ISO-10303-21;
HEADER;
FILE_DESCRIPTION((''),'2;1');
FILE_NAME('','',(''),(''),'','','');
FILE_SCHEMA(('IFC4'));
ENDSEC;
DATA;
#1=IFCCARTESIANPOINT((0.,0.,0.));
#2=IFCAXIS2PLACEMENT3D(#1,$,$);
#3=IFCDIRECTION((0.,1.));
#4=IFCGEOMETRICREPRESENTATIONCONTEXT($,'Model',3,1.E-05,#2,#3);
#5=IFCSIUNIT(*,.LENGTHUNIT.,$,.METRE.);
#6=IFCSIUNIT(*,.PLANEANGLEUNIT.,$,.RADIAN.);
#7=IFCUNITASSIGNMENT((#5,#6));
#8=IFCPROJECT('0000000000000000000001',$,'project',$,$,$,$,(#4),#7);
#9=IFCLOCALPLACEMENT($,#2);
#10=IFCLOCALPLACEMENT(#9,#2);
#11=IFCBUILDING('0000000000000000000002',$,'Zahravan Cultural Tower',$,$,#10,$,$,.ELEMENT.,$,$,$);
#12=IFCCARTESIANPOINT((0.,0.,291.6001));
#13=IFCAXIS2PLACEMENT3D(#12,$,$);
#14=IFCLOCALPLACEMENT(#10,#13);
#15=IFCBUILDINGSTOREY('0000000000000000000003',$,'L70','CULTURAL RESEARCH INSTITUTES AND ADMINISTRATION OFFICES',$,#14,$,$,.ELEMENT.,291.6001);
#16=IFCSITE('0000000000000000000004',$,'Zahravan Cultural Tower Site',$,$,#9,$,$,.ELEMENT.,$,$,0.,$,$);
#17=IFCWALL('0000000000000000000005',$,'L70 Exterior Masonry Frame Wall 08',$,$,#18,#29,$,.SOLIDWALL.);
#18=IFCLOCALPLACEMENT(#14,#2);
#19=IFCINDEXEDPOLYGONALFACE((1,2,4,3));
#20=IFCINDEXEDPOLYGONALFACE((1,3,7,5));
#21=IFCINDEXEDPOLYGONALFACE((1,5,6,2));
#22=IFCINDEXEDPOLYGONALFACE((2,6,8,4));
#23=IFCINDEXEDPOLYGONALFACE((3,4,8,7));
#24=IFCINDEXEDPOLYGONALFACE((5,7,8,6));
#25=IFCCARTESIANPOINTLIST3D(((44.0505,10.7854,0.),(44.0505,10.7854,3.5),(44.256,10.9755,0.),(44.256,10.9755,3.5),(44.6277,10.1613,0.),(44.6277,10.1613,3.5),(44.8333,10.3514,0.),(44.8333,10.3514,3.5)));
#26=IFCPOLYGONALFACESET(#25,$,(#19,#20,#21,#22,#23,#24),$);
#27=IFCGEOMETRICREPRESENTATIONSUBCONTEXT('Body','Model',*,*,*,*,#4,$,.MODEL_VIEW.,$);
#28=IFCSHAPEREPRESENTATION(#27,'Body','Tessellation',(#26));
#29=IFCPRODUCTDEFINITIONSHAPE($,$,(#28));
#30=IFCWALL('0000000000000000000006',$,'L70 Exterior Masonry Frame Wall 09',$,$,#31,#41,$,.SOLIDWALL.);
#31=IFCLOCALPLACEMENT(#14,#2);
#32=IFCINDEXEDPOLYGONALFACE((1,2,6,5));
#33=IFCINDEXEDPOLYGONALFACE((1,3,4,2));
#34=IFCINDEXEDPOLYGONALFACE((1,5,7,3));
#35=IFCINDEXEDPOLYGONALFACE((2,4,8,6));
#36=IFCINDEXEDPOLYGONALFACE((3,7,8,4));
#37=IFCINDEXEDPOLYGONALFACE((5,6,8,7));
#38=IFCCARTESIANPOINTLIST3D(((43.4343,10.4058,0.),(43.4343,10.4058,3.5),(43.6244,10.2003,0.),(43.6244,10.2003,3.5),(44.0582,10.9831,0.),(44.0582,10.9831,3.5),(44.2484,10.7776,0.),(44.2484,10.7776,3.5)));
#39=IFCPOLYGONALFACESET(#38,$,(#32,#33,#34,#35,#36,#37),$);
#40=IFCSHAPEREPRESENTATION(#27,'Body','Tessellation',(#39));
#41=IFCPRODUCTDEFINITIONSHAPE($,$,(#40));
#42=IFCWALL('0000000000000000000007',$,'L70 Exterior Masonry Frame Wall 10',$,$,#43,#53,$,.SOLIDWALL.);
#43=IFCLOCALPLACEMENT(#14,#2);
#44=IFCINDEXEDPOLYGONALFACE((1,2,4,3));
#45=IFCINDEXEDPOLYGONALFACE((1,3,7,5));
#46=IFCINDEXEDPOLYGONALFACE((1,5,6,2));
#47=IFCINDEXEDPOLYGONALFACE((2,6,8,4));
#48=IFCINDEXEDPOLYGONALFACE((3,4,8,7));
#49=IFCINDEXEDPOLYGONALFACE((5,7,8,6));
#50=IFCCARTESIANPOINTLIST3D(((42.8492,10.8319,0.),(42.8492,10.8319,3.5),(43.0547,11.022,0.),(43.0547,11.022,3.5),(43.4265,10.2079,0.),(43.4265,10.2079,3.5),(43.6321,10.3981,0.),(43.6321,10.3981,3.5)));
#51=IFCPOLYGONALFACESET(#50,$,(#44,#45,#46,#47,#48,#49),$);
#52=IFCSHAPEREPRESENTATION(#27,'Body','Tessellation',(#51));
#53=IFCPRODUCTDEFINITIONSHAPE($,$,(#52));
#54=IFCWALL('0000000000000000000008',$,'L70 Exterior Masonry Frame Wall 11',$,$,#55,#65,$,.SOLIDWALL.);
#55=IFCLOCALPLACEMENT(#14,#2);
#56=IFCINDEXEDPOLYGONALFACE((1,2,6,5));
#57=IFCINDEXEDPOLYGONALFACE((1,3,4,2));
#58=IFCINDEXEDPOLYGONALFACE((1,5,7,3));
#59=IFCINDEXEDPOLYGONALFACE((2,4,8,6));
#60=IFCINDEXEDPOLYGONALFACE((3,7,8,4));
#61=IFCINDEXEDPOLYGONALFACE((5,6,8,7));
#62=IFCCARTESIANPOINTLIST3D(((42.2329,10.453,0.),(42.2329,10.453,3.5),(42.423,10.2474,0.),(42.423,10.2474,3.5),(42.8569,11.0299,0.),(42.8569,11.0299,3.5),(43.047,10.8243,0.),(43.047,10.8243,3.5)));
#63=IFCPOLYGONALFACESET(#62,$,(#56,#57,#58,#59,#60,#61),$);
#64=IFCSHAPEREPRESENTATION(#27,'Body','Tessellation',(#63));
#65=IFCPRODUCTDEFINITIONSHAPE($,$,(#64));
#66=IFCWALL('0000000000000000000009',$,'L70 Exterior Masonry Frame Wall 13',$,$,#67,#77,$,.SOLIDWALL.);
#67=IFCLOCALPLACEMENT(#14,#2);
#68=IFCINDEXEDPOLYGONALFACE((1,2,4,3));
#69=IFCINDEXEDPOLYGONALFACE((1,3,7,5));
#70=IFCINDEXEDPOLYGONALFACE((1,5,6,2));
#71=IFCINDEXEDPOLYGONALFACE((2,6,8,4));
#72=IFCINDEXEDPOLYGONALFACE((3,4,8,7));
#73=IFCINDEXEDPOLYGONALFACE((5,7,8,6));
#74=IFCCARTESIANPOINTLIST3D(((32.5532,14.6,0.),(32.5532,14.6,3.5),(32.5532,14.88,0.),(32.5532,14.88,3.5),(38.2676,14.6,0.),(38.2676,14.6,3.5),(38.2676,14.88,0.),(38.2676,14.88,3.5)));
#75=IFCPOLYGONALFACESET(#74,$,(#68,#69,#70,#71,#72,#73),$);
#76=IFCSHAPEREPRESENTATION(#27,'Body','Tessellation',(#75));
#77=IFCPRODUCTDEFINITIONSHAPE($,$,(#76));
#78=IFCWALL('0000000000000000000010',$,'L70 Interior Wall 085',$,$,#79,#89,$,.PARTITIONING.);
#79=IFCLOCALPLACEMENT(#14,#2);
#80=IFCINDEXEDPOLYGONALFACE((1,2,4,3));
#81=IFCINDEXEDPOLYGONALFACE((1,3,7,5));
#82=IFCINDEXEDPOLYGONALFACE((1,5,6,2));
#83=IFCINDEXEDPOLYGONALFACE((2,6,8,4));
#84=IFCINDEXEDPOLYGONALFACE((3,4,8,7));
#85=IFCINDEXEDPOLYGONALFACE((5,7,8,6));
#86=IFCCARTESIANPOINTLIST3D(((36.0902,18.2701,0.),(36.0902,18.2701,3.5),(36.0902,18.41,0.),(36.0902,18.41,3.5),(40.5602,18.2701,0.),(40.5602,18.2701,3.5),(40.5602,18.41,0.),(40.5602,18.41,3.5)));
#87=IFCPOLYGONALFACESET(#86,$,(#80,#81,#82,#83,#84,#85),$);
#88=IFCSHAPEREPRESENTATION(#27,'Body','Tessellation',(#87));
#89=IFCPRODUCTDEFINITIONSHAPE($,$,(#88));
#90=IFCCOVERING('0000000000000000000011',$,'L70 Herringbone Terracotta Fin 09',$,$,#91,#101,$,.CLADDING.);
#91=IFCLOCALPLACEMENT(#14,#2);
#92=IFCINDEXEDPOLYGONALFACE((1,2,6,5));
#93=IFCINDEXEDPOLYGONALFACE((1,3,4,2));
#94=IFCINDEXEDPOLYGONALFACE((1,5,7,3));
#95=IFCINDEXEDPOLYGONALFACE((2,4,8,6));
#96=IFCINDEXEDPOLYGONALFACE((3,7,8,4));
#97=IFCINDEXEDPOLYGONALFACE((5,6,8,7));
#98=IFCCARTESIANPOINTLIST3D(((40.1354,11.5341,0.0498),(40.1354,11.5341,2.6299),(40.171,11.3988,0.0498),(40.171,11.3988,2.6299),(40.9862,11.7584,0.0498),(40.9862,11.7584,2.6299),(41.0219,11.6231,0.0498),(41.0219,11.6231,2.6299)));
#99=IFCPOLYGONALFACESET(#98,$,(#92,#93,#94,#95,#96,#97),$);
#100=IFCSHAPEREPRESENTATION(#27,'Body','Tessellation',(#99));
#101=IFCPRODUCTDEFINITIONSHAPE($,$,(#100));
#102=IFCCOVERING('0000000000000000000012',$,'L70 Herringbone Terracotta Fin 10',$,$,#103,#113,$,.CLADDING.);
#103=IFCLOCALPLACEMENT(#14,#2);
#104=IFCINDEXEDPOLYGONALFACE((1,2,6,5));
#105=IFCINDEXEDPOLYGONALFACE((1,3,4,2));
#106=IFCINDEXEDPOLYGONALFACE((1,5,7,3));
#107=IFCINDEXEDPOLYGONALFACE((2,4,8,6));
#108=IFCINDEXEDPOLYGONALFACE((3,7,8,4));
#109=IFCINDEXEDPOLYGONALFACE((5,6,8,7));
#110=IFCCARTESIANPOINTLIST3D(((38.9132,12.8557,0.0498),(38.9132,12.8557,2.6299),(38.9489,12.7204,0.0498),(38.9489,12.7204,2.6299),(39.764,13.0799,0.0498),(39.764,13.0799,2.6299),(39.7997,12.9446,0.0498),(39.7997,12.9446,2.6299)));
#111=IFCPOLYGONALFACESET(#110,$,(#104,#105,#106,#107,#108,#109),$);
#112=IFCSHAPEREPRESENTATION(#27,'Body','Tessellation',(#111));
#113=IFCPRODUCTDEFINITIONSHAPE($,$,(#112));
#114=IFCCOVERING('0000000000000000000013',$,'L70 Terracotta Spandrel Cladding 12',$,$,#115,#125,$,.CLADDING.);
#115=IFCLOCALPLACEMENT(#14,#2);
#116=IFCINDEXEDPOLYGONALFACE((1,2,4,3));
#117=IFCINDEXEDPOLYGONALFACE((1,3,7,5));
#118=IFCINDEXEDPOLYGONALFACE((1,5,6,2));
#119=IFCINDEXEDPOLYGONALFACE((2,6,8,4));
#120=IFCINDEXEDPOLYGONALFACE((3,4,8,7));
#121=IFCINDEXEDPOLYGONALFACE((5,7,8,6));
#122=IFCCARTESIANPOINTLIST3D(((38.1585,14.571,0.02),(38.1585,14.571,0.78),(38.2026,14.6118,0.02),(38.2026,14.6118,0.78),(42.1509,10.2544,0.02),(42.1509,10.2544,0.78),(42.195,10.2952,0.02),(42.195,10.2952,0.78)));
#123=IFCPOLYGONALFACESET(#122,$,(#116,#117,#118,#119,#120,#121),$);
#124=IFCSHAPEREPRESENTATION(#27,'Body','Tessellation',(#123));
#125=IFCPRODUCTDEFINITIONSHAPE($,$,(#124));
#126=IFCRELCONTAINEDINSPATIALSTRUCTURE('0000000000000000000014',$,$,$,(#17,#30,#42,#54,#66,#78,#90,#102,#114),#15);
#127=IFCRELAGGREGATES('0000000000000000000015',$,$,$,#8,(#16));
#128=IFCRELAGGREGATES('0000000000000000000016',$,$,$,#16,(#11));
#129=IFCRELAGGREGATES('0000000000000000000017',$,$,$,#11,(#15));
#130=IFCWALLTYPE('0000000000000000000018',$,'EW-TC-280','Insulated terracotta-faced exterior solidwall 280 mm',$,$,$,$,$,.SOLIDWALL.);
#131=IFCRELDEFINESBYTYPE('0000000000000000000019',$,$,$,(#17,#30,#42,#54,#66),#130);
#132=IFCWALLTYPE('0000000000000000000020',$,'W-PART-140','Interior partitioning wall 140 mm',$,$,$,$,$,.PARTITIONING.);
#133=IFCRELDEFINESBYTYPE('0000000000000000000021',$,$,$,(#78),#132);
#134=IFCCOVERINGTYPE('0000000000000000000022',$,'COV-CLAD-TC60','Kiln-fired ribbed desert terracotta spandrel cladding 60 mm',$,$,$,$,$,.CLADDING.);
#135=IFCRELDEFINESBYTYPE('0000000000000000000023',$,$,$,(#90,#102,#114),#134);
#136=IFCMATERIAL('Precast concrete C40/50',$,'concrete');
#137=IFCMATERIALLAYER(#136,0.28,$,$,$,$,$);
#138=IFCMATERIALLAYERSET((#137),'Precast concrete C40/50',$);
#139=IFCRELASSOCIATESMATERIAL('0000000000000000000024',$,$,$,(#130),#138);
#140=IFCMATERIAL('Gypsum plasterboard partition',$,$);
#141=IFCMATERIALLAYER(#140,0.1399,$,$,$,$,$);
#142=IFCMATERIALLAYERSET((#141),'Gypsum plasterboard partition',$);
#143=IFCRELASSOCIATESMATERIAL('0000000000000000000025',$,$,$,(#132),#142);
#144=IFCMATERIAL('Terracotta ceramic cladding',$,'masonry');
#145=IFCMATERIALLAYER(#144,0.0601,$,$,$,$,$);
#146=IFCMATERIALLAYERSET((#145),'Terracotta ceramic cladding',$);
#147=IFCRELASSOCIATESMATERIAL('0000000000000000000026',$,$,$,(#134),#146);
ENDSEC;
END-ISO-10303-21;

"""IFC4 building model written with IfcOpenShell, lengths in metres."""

from ifc_helpers import new_model, si_unit, direction, frame, frame_2d, origin, origin_2d, place, context, subcontext, project, spatial, rectangle, extrude, source, transform, mapped, material, layer, layer_set, type_object, element, save


model = new_model("IFC4")

# Units and contexts
model_context = context("Model", 3, precision=1e-05, world=origin(), true_north=direction((0.0, 1.0)))
body_context = subcontext(model_context, "Body", "Model", "MODEL_VIEW")
ifc_project = project(units=[si_unit("LENGTHUNIT", "METRE"), si_unit("PLANEANGLEUNIT", "RADIAN")], contexts=[model_context])

# Site, building, storey
site_placement = place(None, origin())
site = spatial("IfcSite", under=ifc_project, at=site_placement, Name="Zahravan Cultural Tower Site", CompositionType="ELEMENT", RefElevation=0.0)
building_placement = place(site_placement, origin())
building = spatial("IfcBuilding", under=site, at=building_placement, Name="Zahravan Cultural Tower", CompositionType="ELEMENT")
storey_placement = place(building_placement, frame((0.0, 0.0, 291.6001)))
storey = spatial("IfcBuildingStorey", under=building, at=storey_placement, Name="L70", Description="CULTURAL RESEARCH INSTITUTES AND ADMINISTRATION OFFICES", CompositionType="ELEMENT", Elevation=291.6001)

# Shared definitions
ifc_material_1 = material(Name="Precast concrete C40/50", Category="concrete")
ifc_layer_1 = layer(ifc_material_1, 0.28)
ifc_layer_set_1 = layer_set([ifc_layer_1], Name="Precast concrete C40/50")
wall_type_1 = type_object("IfcWallType", Name="EW-TC-280", Description="Insulated terracotta-faced exterior solidwall 280 mm", PredefinedType="SOLIDWALL", material=ifc_layer_set_1)

# Walls
shared_shape_1 = source(origin(), body_context, "Body", "SweptSolid", [
    extrude(rectangle(XDim=0.8501, YDim=0.28, at=frame_2d((0.425, 0.0))), origin(), (0.0, 0.0, 1.0), 3.5),
])
for number, where, z_axis, x_axis, name in (
    (1, (44.7305, 10.2563, 0.0), (0.0, 0.0, 1.0), (-0.678996, 0.734142, 0.0), "L70 Exterior Masonry Frame Wall 08"),
    (2, (44.1533, 10.8804, 0.0), (0.0, 0.0, 1.0), (-0.733999, -0.67915, 0.0), "L70 Exterior Masonry Frame Wall 09"),
    (3, (43.5293, 10.303, 0.0), (0.0, 0.0, 1.0), (-0.67915, 0.733999, 0.0), "L70 Exterior Masonry Frame Wall 10"),
):
    element("IfcWall", number, at=place(storey_placement, frame(where, z_axis=z_axis, x_axis=x_axis)), inside=storey, type_object=wall_type_1, Name=name, PredefinedType="SOLIDWALL", context=body_context, shape_type="MappedRepresentation", body=[
        mapped(shared_shape_1, transform((0.0, 0.0, 0.0), x_axis=(1.0, 0.0, 0.0), y_axis=(0.0, 1.0, 0.0), z_axis=(0.0, 0.0, 1.0), scale=1.0)),
    ])
shared_shape_2 = source(origin(), body_context, "Body", "SweptSolid", [
    extrude(rectangle(XDim=0.8499, YDim=0.28, at=frame_2d((0.4248, 0.0))), origin(), (0.0, 0.0, 1.0), 3.5),
])
wall_1_placement = place(storey_placement, frame((42.9519, 10.927, 0.0), z_axis=(0.0, 0.0, 1.0), x_axis=(-0.734286, -0.678841, 0.0)))
element("IfcWall", 4, at=wall_1_placement, inside=storey, type_object=wall_type_1, Name="L70 Exterior Masonry Frame Wall 11", PredefinedType="SOLIDWALL", context=body_context, shape_type="MappedRepresentation", body=[
    mapped(shared_shape_2, transform((0.0, 0.0, 0.0), x_axis=(1.0, 0.0, 0.0), y_axis=(0.0, 1.0, 0.0), z_axis=(0.0, 0.0, 1.0), scale=1.0)),
])
shared_shape_3 = source(origin(), body_context, "Body", "SweptSolid", [
    extrude(rectangle(XDim=5.7144, YDim=0.28, at=frame_2d((2.8572, 0.0))), origin(), (0.0, 0.0, 1.0), 3.5),
])
wall_2_placement = place(storey_placement, frame((38.2676, 14.74, 0.0), z_axis=(0.0, 0.0, 1.0), x_axis=(-1.0, 0.0, 0.0)))
element("IfcWall", 5, at=wall_2_placement, inside=storey, type_object=wall_type_1, Name="L70 Exterior Masonry Frame Wall 13", PredefinedType="SOLIDWALL", context=body_context, shape_type="MappedRepresentation", body=[
    mapped(shared_shape_3, transform((0.0, 0.0, 0.0), x_axis=(1.0, 0.0, 0.0), y_axis=(0.0, 1.0, 0.0), z_axis=(0.0, 0.0, 1.0), scale=1.0)),
])
ifc_material_2 = material(Name="Gypsum plasterboard partition")
ifc_layer_2 = layer(ifc_material_2, 0.1399)
ifc_layer_set_2 = layer_set([ifc_layer_2], Name="Gypsum plasterboard partition")
wall_type_2 = type_object("IfcWallType", Name="W-PART-140", Description="Interior partitioning wall 140 mm", PredefinedType="PARTITIONING", material=ifc_layer_set_2)
shared_shape_4 = source(origin(), body_context, "Body", "SweptSolid", [
    extrude(rectangle(XDim=4.47, YDim=0.1399, at=frame_2d((2.2349, 0.0))), origin(), (0.0, 0.0, 1.0), 3.5),
])
wall_3_placement = place(storey_placement, frame((40.5601, 18.3401, 0.0), z_axis=(0.0, 0.0, 1.0), x_axis=(-1.0, 0.0, 0.0)))
element("IfcWall", 6, at=wall_3_placement, inside=storey, type_object=wall_type_2, Name="L70 Interior Wall 085", PredefinedType="PARTITIONING", context=body_context, shape_type="MappedRepresentation", body=[
    mapped(shared_shape_4, transform((0.0, 0.0, 0.0), x_axis=(1.0, 0.0, 0.0), y_axis=(0.0, 1.0, 0.0), z_axis=(0.0, 0.0, 1.0), scale=1.0)),
])

# Coverings
ifc_material_3 = material(Name="Terracotta ceramic cladding", Category="masonry")
ifc_layer_3 = layer(ifc_material_3, 0.0601)
ifc_layer_set_3 = layer_set([ifc_layer_3], Name="Terracotta ceramic cladding")
covering_type = type_object("IfcCoveringType", Name="COV-CLAD-TC60", Description="Kiln-fired ribbed desert terracotta spandrel cladding 60 mm", PredefinedType="CLADDING", material=ifc_layer_set_3)
shared_shape_5 = source(origin(), body_context, "Body", "SweptSolid", [
    extrude(rectangle(XDim=0.8799, YDim=0.1399, at=origin_2d()), origin(), (0.0, 0.0, 1.0), 2.5801),
])
for number, where, z_axis, x_axis, name in (
    (7, (40.5786, 11.5786, 0.0498), (0.0, 0.0, 1.0), (-0.966975, -0.254872, 0.0), "L70 Herringbone Terracotta Fin 09"),
    (8, (39.3564, 12.9001, 0.0498), (0.0, 0.0, 1.0), (-0.966975, -0.254872, 0.0), "L70 Herringbone Terracotta Fin 10"),
):
    element("IfcCovering", number, at=place(storey_placement, frame(where, z_axis=z_axis, x_axis=x_axis)), inside=storey, type_object=covering_type, Name=name, PredefinedType="CLADDING", context=body_context, shape_type="MappedRepresentation", body=[
        mapped(shared_shape_5, transform((0.0, 0.0, 0.0), x_axis=(1.0, 0.0, 0.0), y_axis=(0.0, 1.0, 0.0), z_axis=(0.0, 0.0, 1.0), scale=1.0)),
    ])
shared_shape_6 = source(origin(), body_context, "Body", "SweptSolid", [
    extrude(rectangle(XDim=5.8799, YDim=0.0601, at=origin_2d()), origin(), (0.0, 0.0, 1.0), 0.76),
])
covering_placement = place(storey_placement, frame((40.1768, 12.4331, 0.02), z_axis=(0.0, 0.0, 1.0), x_axis=(-0.679006, 0.734133, 0.0)))
element("IfcCovering", 9, at=covering_placement, inside=storey, type_object=covering_type, Name="L70 Terracotta Spandrel Cladding 12", PredefinedType="CLADDING", context=body_context, shape_type="MappedRepresentation", body=[
    mapped(shared_shape_6, transform((0.0, 0.0, 0.0), x_axis=(1.0, 0.0, 0.0), y_axis=(0.0, 1.0, 0.0), z_axis=(0.0, 0.0, 1.0), scale=1.0)),
])

save(model, "model.ifc")
